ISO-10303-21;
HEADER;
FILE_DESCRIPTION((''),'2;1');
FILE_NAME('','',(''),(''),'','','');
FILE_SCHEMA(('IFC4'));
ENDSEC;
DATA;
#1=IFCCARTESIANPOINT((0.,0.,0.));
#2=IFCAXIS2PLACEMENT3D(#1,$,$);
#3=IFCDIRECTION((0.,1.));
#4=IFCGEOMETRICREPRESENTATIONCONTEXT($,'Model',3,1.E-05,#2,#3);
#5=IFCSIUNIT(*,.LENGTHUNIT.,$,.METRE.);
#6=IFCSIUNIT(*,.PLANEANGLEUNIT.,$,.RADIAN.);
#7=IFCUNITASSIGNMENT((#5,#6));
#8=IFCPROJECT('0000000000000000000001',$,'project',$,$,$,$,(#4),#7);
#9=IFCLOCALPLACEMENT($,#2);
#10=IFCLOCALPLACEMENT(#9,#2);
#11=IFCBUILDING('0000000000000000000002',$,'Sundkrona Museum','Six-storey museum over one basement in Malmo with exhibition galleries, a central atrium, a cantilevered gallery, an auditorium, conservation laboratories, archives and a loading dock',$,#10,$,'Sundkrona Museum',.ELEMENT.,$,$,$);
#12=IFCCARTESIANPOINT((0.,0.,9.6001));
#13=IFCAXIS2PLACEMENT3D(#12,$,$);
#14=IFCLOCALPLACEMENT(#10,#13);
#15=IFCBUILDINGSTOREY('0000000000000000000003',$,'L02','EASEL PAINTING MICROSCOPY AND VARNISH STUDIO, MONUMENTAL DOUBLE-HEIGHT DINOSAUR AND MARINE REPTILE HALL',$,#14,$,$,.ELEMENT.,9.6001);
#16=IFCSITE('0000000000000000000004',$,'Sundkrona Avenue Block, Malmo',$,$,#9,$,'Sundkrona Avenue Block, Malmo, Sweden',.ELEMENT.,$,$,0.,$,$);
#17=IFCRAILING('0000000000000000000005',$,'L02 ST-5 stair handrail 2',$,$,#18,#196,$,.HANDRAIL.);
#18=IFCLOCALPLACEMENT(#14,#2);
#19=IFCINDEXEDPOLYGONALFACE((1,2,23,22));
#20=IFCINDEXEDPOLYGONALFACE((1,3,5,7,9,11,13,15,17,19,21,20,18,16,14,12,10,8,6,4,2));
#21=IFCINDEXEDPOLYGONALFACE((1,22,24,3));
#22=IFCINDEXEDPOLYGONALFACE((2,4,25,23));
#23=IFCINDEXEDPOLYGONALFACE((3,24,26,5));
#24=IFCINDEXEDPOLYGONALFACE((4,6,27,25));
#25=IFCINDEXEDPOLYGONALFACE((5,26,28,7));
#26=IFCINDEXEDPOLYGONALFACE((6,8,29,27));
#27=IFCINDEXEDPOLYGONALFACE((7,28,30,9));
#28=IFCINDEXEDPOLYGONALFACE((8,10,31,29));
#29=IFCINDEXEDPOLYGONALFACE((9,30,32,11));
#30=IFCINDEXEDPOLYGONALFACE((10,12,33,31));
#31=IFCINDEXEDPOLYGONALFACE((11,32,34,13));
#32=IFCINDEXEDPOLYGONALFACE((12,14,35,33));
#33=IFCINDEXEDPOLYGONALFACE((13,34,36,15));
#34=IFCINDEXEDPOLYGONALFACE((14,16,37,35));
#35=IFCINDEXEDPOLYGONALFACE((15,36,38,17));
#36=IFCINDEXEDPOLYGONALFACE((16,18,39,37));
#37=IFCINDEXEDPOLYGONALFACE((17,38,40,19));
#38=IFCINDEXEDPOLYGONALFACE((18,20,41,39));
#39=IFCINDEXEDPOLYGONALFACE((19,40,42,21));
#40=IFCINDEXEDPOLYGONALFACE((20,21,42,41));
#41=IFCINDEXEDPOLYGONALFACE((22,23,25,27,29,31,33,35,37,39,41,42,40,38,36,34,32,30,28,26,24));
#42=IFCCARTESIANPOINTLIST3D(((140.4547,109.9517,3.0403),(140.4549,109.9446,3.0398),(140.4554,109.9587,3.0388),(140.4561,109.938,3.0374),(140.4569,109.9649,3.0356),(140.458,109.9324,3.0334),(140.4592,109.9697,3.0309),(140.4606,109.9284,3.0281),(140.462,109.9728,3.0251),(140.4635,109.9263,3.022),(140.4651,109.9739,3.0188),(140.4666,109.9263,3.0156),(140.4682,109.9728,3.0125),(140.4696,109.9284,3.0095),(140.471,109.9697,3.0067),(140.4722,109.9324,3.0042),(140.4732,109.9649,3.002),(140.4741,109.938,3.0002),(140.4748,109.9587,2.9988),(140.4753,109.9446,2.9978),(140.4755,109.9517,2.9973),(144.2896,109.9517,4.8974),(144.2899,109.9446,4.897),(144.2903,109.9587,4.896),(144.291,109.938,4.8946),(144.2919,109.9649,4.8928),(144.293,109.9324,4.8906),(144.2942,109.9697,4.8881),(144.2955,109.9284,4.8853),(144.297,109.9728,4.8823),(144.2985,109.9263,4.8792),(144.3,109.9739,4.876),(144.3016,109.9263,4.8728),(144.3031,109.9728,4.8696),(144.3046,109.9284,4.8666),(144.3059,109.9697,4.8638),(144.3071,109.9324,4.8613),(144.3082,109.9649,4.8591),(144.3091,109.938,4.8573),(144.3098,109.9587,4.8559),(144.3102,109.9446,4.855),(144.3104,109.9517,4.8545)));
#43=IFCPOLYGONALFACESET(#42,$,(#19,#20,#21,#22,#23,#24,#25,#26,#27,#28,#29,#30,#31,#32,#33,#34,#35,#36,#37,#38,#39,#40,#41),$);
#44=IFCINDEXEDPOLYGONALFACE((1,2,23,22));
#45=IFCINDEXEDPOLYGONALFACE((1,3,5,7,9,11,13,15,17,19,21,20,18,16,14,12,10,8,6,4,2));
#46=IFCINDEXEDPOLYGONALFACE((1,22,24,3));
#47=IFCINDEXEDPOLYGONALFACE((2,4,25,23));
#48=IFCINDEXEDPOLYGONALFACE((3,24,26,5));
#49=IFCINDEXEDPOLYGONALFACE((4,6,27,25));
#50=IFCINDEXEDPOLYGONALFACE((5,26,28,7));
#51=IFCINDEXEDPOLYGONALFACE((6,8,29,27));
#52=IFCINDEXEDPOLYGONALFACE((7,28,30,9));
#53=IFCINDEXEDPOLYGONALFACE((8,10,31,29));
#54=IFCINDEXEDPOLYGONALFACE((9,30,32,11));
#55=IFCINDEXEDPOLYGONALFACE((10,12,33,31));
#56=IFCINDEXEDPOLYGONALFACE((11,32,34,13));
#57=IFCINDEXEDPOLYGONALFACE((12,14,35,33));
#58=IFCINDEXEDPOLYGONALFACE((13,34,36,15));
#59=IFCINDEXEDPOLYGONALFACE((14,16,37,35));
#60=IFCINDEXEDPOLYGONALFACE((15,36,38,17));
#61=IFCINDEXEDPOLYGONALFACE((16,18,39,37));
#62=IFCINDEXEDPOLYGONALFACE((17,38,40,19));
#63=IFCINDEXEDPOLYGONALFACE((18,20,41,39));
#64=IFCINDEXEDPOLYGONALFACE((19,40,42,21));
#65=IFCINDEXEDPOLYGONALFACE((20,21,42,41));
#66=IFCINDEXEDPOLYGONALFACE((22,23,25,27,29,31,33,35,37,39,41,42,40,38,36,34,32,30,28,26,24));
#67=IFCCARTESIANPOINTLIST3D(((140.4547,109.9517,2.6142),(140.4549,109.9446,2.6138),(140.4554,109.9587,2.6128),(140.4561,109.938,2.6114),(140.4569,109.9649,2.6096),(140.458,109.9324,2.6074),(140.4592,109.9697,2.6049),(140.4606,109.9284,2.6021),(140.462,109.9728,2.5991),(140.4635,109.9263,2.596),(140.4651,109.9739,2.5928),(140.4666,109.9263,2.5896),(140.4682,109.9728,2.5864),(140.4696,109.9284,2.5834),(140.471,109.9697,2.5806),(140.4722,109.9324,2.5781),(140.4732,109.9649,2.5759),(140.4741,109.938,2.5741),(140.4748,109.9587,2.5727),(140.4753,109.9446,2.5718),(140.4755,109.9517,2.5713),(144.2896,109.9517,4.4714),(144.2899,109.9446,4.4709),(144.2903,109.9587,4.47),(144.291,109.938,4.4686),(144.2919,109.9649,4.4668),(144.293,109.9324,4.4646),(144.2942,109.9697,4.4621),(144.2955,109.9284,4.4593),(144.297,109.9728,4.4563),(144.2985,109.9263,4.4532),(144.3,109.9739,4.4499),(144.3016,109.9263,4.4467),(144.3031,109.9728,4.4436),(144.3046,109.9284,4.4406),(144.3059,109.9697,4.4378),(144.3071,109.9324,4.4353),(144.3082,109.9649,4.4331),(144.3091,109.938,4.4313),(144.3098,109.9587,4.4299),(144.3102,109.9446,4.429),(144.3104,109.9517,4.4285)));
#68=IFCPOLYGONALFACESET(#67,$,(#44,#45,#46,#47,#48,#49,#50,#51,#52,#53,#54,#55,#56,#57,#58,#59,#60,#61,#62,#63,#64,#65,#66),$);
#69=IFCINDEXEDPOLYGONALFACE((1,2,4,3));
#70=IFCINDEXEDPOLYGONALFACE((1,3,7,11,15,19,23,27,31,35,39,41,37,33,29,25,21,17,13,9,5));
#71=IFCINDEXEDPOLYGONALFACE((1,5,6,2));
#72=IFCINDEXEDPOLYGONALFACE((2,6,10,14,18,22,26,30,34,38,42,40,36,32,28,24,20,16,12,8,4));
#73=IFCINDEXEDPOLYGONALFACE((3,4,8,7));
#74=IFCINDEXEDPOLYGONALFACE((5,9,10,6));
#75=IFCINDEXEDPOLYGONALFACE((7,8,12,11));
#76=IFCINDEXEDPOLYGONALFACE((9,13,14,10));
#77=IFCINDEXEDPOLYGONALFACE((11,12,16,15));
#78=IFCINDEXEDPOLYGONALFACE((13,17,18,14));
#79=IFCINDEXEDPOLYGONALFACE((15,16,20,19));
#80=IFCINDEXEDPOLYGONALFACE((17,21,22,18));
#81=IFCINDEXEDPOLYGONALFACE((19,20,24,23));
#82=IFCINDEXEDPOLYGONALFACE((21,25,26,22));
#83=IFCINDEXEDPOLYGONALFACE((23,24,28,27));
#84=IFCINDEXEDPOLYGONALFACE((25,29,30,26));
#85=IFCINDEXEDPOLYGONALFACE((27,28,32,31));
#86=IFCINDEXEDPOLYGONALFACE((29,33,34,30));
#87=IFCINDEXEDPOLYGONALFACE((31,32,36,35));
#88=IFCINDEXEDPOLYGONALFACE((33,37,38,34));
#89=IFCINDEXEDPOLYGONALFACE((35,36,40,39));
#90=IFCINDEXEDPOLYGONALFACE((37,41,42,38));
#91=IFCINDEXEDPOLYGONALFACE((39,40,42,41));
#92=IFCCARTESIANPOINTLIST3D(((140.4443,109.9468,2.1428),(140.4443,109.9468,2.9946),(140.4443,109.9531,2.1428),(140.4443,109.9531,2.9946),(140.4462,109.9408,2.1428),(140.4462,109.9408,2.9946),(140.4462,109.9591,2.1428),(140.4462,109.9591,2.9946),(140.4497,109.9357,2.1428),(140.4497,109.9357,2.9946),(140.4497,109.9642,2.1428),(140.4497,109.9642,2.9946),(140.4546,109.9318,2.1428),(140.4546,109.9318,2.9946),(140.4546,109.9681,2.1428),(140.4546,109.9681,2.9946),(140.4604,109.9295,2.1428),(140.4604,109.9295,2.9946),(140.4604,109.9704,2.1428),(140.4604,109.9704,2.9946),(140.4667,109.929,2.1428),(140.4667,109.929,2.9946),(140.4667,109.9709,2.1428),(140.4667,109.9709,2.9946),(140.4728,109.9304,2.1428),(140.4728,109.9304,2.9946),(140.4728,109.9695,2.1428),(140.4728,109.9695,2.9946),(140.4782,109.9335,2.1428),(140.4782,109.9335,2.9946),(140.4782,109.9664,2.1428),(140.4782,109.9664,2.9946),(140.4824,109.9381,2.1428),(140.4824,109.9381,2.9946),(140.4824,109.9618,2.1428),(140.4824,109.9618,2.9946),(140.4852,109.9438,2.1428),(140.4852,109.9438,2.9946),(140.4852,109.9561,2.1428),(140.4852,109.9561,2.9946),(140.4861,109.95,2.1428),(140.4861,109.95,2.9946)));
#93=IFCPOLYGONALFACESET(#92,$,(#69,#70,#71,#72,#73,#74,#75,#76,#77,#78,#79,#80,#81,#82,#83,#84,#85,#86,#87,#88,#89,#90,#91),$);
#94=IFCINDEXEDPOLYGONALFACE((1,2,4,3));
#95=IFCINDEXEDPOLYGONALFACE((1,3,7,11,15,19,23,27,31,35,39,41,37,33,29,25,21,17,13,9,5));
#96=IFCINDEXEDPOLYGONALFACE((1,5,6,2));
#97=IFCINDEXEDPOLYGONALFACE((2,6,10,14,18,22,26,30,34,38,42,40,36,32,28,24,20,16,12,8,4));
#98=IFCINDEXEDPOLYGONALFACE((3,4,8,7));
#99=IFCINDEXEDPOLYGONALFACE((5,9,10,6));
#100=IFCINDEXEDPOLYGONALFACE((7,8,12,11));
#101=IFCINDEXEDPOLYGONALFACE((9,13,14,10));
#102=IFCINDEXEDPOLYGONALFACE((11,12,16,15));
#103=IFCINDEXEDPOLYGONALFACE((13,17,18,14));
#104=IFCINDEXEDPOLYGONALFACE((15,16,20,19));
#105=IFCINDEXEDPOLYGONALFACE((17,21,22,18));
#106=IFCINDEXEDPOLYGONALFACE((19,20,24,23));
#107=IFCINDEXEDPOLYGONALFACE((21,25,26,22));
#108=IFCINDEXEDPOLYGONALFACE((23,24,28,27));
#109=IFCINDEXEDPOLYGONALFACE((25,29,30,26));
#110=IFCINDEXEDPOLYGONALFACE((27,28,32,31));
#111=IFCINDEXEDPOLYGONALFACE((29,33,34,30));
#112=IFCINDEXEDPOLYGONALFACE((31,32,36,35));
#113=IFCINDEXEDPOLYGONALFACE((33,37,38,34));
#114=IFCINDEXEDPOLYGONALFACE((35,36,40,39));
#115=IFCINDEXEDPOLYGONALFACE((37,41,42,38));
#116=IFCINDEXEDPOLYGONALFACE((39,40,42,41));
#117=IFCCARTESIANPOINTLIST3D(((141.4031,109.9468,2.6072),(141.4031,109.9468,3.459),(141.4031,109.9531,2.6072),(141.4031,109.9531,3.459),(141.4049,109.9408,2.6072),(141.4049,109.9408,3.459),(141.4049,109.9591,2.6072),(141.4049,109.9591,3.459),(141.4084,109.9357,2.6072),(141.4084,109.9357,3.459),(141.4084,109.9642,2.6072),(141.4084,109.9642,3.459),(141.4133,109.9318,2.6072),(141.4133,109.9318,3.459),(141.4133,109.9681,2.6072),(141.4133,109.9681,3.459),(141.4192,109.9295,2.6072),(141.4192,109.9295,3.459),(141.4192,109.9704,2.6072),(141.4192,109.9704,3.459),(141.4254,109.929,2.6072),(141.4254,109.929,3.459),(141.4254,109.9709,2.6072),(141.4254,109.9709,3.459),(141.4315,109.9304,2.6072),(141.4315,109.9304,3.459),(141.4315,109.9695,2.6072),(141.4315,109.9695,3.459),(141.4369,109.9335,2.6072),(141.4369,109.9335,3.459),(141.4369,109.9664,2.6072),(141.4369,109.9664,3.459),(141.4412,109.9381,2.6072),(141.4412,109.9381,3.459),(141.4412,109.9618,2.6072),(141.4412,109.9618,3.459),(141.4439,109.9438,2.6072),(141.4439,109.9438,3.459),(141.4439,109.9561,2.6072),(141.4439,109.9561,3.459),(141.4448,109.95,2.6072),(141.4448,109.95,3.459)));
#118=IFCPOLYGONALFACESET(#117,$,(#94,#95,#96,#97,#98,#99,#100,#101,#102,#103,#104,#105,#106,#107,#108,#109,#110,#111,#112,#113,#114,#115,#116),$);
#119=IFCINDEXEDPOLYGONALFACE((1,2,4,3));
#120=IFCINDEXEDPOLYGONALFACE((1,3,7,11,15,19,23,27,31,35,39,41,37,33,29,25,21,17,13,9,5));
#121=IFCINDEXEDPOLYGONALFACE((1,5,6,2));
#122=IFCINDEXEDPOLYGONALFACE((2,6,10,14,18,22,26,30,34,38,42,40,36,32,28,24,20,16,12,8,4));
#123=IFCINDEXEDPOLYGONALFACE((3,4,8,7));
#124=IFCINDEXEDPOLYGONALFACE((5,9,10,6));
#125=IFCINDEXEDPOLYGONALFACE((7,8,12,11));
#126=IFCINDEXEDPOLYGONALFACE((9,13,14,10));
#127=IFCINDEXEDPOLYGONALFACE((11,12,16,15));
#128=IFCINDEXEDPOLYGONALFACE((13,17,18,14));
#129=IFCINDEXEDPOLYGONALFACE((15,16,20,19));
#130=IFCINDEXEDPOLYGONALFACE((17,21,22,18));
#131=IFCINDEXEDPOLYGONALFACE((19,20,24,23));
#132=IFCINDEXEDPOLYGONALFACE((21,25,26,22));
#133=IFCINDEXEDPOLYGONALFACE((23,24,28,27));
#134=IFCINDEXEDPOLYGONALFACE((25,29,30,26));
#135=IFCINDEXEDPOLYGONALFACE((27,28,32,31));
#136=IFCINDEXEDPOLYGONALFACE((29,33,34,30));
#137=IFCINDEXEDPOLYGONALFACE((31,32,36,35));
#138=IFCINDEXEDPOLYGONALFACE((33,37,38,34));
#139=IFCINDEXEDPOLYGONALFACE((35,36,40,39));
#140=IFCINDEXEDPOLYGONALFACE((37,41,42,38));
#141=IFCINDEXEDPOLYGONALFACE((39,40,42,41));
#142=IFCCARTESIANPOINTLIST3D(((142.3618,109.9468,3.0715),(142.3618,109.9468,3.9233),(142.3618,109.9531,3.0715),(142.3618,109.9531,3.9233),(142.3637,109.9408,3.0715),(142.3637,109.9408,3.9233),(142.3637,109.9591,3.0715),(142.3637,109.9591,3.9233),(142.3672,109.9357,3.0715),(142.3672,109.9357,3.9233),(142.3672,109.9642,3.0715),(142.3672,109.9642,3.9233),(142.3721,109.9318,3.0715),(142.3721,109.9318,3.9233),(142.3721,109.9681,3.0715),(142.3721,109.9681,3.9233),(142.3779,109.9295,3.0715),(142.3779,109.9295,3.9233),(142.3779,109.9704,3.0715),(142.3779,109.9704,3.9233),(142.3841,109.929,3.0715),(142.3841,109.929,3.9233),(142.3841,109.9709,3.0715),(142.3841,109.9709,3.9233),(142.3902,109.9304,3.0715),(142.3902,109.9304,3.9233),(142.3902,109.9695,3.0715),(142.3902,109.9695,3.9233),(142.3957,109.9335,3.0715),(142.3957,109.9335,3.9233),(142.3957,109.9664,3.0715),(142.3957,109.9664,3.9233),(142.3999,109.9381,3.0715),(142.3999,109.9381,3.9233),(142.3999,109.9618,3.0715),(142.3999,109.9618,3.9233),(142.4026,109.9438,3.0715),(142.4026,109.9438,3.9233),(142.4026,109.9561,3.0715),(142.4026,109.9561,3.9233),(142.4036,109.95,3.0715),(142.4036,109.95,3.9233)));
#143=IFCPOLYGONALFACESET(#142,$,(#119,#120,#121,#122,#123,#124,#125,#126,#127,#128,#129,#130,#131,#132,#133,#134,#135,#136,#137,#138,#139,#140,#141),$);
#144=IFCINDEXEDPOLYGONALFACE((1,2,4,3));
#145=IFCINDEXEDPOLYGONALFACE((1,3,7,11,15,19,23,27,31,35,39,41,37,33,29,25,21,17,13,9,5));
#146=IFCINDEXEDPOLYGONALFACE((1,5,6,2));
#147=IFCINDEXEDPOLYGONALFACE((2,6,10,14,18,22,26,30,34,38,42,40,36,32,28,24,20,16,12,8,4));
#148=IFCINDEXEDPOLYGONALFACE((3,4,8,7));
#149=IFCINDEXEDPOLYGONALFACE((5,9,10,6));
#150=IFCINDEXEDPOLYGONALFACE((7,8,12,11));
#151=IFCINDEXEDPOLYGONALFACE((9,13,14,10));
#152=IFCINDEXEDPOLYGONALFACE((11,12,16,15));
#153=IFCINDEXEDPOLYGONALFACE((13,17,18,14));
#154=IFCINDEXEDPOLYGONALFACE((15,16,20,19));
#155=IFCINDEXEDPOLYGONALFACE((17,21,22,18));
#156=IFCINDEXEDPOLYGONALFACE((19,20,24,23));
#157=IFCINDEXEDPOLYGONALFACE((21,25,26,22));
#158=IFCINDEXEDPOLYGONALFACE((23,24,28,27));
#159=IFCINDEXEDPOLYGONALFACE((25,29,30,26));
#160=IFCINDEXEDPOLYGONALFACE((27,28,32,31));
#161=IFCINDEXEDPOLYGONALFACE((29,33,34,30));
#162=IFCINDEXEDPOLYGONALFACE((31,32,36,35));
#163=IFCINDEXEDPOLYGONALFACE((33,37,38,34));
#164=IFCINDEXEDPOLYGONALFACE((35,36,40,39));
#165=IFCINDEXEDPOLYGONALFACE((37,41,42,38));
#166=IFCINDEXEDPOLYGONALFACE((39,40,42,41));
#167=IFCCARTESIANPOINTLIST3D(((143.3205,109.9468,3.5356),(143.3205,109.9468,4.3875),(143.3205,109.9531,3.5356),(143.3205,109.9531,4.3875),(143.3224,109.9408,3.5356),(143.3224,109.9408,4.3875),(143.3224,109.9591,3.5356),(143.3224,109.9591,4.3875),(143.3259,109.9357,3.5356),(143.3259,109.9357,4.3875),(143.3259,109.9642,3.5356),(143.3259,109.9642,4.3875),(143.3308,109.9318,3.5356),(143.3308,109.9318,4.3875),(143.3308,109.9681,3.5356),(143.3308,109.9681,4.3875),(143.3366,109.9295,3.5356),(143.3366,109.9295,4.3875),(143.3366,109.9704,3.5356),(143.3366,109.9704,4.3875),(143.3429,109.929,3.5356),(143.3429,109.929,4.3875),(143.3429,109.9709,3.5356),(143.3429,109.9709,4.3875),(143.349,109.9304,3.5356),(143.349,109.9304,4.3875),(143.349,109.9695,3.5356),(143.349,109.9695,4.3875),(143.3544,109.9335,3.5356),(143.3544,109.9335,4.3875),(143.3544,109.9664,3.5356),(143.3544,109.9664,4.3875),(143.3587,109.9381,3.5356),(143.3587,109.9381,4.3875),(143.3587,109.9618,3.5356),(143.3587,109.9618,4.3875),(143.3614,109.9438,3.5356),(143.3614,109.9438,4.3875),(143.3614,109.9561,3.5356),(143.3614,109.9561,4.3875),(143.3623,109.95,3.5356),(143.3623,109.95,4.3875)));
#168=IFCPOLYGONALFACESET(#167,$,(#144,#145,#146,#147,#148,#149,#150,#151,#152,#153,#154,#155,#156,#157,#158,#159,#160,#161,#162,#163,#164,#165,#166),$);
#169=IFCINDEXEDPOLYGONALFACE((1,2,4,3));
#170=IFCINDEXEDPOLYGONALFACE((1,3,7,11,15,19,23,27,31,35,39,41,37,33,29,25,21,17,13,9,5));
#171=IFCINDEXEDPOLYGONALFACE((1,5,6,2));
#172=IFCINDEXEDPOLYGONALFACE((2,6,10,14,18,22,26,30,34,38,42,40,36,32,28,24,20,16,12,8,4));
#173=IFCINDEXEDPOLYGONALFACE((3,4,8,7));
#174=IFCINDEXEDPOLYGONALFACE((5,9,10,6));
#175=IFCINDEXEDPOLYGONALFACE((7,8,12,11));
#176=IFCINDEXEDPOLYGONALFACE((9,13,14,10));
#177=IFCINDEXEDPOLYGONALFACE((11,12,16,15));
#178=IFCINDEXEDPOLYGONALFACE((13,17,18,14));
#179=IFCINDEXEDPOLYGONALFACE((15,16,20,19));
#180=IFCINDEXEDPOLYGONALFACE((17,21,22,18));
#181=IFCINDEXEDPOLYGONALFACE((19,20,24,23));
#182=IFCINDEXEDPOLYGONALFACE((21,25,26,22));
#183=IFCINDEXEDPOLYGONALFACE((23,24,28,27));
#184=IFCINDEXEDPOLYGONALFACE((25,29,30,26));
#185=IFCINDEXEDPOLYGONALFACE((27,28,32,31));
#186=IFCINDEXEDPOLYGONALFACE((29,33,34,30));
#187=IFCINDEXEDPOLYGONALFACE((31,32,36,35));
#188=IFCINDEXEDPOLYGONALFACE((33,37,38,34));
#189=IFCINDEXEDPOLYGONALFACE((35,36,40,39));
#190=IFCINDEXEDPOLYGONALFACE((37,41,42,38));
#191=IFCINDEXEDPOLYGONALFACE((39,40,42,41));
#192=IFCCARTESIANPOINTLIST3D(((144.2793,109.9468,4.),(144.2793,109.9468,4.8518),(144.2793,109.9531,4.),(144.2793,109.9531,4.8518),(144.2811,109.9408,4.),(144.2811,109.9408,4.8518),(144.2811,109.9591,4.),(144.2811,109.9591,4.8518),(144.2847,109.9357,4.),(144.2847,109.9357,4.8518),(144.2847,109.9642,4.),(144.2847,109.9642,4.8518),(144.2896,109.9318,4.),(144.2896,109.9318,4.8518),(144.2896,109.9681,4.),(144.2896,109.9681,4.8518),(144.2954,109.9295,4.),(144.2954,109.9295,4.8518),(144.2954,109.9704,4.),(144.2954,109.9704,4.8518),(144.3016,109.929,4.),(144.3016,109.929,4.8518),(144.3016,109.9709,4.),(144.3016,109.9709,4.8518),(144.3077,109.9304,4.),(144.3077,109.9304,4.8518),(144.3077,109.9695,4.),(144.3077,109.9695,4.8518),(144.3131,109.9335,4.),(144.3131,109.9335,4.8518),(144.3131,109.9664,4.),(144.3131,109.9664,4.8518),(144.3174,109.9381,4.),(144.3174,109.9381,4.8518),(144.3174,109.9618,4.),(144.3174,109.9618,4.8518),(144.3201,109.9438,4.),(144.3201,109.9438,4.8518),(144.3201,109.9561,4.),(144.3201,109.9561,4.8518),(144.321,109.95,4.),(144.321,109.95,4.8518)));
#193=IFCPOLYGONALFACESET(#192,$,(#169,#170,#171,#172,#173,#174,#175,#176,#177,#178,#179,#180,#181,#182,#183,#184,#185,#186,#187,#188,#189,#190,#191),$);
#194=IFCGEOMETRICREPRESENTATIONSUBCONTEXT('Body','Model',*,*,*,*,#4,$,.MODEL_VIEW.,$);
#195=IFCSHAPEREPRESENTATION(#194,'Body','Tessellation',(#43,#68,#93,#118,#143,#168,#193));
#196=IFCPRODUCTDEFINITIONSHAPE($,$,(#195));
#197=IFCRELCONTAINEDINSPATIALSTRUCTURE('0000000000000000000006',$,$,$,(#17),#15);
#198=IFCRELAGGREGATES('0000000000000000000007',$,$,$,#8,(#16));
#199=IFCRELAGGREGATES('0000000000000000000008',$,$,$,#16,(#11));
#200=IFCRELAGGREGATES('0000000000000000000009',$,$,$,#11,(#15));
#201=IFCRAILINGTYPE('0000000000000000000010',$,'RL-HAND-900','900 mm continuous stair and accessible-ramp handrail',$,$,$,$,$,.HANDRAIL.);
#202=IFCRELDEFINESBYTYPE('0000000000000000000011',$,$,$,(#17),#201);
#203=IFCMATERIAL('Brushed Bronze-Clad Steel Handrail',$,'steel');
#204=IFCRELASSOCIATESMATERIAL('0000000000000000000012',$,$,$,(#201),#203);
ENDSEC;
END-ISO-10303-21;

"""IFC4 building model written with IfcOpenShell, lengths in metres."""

from ifc_helpers import new_model, si_unit, direction, frame, origin, origin_2d, place, context, subcontext, project, spatial, circle, extrude, material, type_object, element, save


model = new_model("IFC4")

# Units and contexts
model_context = context("Model", 3, precision=1e-05, world=origin(), true_north=direction((0.0, 1.0)))
body_context = subcontext(model_context, "Body", "Model", "MODEL_VIEW")
ifc_project = project(units=[si_unit("LENGTHUNIT", "METRE"), si_unit("PLANEANGLEUNIT", "RADIAN")], contexts=[model_context])

# Site, building, storey
site_placement = place(None, origin())
site = spatial("IfcSite", under=ifc_project, at=site_placement, Name="Sundkrona Avenue Block, Malmo", LongName="Sundkrona Avenue Block, Malmo, Sweden", CompositionType="ELEMENT", RefElevation=0.0)
building_placement = place(site_placement, origin())
building = spatial("IfcBuilding", under=site, at=building_placement, Name="Sundkrona Museum", Description="Six-storey museum over one basement in Malmo with exhibition galleries, a central atrium, a cantilevered gallery, an auditorium, conservation laboratories, archives and a loading dock", LongName="Sundkrona Museum", CompositionType="ELEMENT")
storey_placement = place(building_placement, frame((0.0, 0.0, 9.6001)))
storey = spatial("IfcBuildingStorey", under=building, at=storey_placement, Name="L02", Description="EASEL PAINTING MICROSCOPY AND VARNISH STUDIO, MONUMENTAL DOUBLE-HEIGHT DINOSAUR AND MARINE REPTILE HALL", CompositionType="ELEMENT", Elevation=9.6001)

# Railing
ifc_material_1 = material(Name="Brushed Bronze-Clad Steel Handrail", Category="steel")
railing_type_1 = type_object("IfcRailingType", Name="RL-HAND-900", Description="900 mm continuous stair and accessible-ramp handrail", PredefinedType="HANDRAIL", material=ifc_material_1)
for number, where, name in (
    (1, (140.4651, 109.95, 2.1428), "L02 ST-5 stair handrail 2"),
):
    element("IfcRailing", number, at=place(storey_placement, frame(where)), inside=storey, type_object=railing_type_1, Name=name, PredefinedType="HANDRAIL", context=body_context, shape_type="SweptSolid", body=[
        extrude(circle(Radius=0.0239, at=origin_2d()), frame((0.0, 0.0, 0.876), z_axis=(0.900016, 0.0, 0.435856), x_axis=(0.0, 1.0, 0.0)), (0.0, 0.0, 1.0), 4.261),
        extrude(circle(Radius=0.0239, at=origin_2d()), frame((0.0, 0.0, 0.45), z_axis=(0.900016, 0.0, 0.435856), x_axis=(0.0, 1.0, 0.0)), (0.0, 0.0, 1.0), 4.261),
        extrude(circle(Radius=0.021, at=origin_2d()), origin(), (0.0, 0.0, 1.0), 0.8518),
        extrude(circle(Radius=0.021, at=origin_2d()), frame((0.9587, 0.0, 0.4644)), (0.0, 0.0, 1.0), 0.8518),
        extrude(circle(Radius=0.021, at=origin_2d()), frame((1.9175, 0.0, 0.9287)), (0.0, 0.0, 1.0), 0.8518),
        extrude(circle(Radius=0.021, at=origin_2d()), frame((2.8762, 0.0, 1.3928)), (0.0, 0.0, 1.0), 0.8518),
        extrude(circle(Radius=0.021, at=origin_2d()), frame((3.835, 0.0, 1.8572)), (0.0, 0.0, 1.0), 0.8518),
    ])

save(model, "model.ifc")
